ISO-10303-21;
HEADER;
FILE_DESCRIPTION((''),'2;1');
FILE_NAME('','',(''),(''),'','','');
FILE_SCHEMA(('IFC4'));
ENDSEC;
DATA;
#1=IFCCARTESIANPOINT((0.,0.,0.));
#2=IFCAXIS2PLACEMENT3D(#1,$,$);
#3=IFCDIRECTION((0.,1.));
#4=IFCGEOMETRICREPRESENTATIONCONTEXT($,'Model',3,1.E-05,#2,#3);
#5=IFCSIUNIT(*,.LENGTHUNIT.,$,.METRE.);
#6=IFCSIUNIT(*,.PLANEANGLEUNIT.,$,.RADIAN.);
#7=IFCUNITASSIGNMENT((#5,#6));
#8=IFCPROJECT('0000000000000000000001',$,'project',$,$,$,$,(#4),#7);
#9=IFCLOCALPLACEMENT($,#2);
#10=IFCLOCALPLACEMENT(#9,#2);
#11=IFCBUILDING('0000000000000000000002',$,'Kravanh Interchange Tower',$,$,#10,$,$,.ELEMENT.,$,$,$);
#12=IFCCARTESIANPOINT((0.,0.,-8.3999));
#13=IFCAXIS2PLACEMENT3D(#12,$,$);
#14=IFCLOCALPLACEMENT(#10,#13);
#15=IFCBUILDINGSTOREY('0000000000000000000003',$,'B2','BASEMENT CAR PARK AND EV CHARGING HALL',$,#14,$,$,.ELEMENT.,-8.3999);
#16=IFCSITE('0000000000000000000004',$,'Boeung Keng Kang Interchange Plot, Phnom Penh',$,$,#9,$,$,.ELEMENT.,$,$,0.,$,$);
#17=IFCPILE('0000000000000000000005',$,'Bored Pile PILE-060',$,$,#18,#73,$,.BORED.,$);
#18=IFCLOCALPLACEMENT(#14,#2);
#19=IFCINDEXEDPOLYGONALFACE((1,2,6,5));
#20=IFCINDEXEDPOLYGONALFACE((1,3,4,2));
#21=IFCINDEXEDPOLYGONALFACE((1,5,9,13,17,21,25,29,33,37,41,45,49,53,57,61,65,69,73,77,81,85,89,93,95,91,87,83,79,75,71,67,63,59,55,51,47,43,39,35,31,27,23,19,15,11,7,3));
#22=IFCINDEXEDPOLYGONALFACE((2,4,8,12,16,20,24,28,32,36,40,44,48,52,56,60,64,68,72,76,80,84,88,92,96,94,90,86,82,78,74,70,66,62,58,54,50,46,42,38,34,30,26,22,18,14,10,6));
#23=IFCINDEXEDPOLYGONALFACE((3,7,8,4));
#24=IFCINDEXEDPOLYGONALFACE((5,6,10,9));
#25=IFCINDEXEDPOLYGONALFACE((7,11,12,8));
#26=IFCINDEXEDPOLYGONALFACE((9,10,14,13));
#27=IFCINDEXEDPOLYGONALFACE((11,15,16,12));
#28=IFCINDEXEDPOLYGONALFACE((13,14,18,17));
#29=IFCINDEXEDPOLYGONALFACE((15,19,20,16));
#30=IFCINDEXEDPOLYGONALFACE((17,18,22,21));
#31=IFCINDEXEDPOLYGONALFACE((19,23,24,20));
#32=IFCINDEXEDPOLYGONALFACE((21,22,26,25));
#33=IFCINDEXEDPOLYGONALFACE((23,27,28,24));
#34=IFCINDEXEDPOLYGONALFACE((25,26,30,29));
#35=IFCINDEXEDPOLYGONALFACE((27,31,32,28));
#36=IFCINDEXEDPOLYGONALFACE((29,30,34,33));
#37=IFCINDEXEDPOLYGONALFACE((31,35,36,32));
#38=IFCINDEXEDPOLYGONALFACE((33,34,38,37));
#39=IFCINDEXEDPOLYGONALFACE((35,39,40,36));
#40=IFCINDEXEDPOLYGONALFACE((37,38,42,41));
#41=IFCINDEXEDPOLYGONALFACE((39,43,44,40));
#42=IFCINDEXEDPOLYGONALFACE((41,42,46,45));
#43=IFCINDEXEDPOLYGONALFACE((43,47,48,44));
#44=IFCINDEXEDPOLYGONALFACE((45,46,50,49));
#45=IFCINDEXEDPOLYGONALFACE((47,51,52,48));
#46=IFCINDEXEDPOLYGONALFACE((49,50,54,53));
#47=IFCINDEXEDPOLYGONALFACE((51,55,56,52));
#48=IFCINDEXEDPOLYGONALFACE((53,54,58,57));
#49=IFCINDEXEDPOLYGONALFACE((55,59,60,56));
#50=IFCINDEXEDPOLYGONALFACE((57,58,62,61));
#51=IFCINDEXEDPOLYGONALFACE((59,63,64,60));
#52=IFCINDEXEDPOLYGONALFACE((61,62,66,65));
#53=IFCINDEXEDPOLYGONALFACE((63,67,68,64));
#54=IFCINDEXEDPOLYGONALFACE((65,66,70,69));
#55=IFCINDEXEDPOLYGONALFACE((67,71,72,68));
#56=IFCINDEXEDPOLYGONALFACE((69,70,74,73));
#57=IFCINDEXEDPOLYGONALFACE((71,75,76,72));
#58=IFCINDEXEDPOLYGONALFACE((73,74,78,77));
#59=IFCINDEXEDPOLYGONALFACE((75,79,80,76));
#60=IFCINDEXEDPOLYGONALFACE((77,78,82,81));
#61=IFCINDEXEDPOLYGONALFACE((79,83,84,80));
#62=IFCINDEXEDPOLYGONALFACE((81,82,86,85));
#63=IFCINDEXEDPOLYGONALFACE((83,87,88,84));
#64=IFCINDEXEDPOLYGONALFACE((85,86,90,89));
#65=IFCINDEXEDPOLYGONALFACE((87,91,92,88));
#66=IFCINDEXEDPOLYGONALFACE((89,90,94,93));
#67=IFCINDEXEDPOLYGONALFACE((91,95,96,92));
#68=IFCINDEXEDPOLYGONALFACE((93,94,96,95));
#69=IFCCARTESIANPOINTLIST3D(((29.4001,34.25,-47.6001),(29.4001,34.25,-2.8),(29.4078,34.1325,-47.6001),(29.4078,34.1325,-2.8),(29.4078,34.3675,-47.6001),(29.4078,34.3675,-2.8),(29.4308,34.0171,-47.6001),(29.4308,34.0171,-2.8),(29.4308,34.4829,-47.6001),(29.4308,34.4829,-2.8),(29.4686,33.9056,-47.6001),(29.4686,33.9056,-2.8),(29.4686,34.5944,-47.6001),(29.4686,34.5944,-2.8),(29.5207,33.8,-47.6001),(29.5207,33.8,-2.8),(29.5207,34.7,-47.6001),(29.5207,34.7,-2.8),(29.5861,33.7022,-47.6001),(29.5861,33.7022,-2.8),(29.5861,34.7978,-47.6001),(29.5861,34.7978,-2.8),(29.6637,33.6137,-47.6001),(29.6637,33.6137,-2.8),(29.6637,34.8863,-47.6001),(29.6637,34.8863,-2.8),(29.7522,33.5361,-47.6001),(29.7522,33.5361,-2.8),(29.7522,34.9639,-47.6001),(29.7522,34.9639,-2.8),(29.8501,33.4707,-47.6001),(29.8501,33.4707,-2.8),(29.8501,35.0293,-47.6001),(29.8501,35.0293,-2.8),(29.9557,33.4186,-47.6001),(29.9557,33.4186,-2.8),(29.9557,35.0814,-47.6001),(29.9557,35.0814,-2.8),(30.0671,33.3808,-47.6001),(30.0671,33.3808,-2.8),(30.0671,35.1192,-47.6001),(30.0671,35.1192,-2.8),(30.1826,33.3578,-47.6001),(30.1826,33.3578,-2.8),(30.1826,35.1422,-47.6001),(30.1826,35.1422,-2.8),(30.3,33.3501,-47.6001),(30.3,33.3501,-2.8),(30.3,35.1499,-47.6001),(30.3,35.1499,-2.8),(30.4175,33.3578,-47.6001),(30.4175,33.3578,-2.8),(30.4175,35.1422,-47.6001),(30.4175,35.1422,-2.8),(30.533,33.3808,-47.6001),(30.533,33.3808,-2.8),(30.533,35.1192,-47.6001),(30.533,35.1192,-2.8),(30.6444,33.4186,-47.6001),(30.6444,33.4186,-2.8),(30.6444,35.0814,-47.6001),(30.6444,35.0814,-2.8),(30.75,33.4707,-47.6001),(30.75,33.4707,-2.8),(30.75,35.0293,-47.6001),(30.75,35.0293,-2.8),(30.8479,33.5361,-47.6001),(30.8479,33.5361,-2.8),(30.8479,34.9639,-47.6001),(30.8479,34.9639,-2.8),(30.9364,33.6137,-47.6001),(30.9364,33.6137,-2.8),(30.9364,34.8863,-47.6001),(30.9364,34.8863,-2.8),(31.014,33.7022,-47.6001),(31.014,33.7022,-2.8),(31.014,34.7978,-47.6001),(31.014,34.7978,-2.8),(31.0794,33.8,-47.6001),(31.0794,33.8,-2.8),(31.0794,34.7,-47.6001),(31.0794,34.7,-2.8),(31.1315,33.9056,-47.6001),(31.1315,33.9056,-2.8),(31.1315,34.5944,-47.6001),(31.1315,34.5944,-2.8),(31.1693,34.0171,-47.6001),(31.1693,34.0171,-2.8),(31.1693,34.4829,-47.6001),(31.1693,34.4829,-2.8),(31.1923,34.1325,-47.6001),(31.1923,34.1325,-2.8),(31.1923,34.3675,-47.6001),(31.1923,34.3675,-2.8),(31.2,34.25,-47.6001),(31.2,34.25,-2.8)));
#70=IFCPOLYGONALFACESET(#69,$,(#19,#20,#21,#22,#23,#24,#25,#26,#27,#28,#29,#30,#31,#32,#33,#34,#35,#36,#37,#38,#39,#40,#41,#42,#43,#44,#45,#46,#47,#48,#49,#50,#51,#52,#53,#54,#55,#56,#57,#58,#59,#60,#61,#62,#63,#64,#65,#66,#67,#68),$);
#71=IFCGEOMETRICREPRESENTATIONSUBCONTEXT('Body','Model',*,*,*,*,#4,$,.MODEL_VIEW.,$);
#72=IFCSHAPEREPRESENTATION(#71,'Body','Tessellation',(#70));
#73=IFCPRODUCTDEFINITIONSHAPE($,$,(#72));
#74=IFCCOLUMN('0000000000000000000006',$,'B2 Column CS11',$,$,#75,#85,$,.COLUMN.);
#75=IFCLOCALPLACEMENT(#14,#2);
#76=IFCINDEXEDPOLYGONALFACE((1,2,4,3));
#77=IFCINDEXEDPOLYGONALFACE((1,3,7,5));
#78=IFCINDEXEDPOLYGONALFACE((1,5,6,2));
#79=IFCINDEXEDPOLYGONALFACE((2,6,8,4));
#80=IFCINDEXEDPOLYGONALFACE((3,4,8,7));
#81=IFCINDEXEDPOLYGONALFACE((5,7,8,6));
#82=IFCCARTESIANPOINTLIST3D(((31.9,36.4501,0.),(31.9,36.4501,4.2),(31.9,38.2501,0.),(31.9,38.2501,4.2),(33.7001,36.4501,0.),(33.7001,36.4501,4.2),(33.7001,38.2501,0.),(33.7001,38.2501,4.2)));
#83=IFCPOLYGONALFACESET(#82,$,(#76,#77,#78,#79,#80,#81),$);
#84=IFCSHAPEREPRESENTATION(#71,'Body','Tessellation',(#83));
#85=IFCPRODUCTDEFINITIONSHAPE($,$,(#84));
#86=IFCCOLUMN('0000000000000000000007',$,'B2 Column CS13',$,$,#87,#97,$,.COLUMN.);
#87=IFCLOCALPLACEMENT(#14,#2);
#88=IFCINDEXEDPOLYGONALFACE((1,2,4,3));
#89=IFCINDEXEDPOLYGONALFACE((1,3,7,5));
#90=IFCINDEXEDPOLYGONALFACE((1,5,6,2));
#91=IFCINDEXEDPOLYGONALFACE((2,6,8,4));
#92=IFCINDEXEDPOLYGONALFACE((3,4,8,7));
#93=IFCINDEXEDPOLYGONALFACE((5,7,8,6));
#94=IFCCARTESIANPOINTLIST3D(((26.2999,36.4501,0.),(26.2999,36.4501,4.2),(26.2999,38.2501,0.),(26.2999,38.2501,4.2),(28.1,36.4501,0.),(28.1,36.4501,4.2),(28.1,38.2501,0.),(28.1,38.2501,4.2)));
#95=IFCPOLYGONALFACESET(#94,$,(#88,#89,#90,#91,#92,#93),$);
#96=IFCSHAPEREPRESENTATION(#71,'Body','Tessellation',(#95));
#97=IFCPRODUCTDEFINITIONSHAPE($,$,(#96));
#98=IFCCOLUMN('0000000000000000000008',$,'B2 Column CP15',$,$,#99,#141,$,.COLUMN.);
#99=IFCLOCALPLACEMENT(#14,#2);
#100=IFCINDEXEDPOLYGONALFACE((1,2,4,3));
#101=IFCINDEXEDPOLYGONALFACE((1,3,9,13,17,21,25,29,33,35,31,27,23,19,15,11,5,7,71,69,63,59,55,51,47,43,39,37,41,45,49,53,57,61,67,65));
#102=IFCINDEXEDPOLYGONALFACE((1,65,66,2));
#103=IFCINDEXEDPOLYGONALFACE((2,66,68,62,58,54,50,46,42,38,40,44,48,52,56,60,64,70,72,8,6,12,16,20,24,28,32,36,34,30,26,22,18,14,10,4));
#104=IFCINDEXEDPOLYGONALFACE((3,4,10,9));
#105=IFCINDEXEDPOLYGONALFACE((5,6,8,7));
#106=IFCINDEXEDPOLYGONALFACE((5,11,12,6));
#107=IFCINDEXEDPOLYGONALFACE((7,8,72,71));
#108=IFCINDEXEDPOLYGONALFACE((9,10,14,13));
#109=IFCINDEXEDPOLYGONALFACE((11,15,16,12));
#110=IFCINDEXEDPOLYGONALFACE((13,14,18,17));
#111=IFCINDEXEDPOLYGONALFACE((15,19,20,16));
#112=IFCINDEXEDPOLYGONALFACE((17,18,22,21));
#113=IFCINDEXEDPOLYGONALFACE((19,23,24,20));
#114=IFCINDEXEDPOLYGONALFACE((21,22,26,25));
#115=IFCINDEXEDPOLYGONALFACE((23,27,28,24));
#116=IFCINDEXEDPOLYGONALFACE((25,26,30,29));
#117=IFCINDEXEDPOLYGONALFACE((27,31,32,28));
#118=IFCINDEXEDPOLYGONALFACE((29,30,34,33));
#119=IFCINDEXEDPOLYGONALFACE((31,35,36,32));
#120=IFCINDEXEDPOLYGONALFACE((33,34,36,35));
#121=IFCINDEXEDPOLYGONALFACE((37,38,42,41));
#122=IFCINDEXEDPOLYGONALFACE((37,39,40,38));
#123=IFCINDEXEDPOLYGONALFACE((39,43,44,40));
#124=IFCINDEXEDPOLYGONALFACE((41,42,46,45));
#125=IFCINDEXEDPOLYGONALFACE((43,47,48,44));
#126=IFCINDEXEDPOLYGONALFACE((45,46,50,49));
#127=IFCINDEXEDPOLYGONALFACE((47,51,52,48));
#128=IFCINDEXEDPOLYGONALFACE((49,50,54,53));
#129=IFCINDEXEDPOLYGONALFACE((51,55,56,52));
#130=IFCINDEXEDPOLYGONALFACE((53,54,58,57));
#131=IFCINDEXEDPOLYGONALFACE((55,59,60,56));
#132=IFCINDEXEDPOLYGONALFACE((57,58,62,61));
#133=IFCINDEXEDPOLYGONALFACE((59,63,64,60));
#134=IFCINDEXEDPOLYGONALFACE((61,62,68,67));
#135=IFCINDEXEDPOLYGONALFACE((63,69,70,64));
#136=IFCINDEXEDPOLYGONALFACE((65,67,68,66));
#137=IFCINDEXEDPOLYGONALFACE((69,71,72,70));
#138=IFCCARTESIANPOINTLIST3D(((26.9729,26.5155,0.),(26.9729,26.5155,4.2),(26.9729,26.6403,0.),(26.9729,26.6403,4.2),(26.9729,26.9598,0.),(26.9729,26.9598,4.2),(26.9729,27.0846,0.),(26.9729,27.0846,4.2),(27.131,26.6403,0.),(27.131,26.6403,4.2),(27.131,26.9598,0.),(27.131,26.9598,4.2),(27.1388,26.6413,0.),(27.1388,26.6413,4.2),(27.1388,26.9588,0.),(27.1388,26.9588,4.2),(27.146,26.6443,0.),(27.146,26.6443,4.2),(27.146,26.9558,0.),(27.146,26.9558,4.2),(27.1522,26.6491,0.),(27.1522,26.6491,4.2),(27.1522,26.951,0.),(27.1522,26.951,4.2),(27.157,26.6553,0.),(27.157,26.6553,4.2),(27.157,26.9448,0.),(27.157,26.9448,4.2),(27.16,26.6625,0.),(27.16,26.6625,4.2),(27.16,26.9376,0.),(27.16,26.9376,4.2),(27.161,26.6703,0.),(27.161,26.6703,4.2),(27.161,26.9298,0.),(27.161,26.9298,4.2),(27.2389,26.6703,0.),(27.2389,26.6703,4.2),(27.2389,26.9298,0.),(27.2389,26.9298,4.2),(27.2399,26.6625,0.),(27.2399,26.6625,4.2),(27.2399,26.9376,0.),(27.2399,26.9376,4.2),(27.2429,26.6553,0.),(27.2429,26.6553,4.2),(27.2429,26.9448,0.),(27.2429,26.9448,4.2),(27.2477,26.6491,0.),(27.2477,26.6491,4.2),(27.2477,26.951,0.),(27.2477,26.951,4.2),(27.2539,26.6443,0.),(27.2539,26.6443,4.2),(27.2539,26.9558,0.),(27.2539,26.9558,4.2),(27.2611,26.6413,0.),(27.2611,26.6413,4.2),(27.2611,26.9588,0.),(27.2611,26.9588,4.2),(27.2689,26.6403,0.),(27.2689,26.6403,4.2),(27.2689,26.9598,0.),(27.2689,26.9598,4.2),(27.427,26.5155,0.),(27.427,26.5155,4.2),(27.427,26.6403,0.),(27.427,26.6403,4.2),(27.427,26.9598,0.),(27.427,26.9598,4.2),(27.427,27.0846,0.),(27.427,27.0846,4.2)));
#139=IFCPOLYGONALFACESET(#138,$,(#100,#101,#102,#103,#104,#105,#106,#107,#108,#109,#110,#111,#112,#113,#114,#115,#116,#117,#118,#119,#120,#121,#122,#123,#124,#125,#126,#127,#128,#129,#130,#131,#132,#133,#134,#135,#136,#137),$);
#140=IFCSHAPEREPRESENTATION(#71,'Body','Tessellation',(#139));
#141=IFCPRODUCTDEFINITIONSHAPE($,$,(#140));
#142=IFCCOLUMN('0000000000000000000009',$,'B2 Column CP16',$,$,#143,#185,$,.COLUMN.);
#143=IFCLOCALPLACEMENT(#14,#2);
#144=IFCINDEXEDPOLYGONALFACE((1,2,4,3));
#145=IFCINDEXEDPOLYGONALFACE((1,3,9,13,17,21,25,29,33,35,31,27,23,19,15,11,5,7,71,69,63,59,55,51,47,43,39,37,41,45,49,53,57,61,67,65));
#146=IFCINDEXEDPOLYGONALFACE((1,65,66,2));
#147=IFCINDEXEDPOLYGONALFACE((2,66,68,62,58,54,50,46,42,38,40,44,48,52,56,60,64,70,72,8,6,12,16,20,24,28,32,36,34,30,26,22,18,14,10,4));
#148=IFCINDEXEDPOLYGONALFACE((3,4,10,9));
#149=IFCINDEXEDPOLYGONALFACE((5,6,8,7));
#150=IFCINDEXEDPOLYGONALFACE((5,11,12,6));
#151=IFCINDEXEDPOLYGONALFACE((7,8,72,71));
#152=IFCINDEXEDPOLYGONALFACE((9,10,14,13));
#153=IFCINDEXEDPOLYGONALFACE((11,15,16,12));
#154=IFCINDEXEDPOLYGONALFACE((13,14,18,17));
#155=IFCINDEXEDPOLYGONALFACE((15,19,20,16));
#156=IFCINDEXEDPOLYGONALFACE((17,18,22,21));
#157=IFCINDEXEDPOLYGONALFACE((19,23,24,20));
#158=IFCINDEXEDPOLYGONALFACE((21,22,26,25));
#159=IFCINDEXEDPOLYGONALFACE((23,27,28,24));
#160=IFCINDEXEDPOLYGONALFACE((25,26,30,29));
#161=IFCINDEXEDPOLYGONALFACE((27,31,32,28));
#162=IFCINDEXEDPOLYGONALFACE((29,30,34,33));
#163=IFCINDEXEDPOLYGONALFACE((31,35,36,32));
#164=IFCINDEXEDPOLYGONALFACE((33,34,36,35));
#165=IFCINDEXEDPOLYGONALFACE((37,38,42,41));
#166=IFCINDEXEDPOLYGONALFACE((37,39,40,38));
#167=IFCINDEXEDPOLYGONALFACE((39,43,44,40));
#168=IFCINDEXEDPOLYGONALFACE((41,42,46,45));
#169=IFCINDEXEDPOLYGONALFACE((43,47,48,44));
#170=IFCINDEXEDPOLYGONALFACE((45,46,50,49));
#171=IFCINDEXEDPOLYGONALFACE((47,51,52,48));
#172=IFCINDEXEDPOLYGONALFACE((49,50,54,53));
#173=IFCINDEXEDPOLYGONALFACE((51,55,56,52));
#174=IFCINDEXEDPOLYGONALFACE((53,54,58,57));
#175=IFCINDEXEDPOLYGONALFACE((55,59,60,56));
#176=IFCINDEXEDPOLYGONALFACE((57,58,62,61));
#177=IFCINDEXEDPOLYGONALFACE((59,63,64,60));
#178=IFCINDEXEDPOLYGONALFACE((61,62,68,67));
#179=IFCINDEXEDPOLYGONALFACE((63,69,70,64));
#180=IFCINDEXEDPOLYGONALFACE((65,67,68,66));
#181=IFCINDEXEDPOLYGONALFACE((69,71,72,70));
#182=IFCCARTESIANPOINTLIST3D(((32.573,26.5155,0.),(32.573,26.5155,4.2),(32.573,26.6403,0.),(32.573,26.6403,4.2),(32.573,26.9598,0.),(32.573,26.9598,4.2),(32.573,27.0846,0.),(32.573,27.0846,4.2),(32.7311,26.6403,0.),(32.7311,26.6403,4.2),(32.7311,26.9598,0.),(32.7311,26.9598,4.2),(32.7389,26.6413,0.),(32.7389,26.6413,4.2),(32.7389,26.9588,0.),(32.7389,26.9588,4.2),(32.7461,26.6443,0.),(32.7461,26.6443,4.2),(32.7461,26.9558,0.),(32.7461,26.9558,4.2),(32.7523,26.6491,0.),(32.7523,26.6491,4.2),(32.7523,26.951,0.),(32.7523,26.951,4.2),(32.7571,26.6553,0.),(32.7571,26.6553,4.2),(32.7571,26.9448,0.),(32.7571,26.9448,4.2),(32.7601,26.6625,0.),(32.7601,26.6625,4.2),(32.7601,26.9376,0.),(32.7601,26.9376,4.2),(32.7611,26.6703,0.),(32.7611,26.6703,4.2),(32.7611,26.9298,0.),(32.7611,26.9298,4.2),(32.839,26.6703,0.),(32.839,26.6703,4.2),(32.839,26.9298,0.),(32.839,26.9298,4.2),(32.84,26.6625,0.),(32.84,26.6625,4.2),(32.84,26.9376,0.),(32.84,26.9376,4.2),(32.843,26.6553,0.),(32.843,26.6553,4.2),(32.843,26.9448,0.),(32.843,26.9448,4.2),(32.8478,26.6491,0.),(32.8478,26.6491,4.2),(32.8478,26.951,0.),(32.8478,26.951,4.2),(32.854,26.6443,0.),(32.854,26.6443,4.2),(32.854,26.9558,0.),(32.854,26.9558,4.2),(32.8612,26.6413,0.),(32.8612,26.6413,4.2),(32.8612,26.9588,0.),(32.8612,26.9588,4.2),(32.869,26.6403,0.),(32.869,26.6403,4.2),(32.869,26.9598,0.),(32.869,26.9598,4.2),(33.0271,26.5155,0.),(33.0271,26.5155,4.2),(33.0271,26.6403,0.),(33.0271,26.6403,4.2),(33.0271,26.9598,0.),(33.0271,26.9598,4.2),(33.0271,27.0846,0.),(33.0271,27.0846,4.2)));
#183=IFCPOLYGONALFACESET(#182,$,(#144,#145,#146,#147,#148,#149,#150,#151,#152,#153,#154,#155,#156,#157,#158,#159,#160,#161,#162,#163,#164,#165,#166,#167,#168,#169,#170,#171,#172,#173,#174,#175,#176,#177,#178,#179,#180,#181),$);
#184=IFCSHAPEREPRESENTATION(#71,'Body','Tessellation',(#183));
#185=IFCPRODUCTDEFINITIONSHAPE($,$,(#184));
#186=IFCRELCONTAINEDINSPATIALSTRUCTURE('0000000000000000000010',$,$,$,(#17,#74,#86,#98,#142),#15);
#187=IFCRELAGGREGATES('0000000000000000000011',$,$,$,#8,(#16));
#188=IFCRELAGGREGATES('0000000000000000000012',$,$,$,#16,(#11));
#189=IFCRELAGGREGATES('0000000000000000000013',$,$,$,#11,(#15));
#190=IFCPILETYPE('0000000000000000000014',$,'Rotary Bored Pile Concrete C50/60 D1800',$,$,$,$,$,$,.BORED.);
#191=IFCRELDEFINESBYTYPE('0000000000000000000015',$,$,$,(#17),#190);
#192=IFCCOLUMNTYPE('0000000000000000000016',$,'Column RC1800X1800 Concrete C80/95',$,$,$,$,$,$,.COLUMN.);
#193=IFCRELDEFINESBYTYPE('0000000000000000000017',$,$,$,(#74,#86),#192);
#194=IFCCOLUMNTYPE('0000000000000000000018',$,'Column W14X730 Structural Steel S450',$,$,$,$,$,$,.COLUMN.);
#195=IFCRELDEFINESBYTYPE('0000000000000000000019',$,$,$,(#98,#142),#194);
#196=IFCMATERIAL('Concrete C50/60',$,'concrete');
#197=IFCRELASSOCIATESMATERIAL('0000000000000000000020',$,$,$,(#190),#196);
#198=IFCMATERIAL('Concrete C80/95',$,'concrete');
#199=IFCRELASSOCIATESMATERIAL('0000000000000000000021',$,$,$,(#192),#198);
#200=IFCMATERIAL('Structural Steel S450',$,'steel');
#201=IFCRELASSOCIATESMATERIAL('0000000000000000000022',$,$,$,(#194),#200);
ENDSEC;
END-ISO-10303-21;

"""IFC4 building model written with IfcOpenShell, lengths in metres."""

from ifc_helpers import new_model, si_unit, direction, frame, origin, origin_2d, place, context, subcontext, project, spatial, rectangle, circle, i_section, extrude, material, material_profile, profile_set, type_object, element, save


model = new_model("IFC4")

# Units and contexts
model_context = context("Model", 3, precision=1e-05, world=origin(), true_north=direction((0.0, 1.0)))
body_context = subcontext(model_context, "Body", "Model", "MODEL_VIEW")
ifc_project = project(units=[si_unit("LENGTHUNIT", "METRE"), si_unit("PLANEANGLEUNIT", "RADIAN")], contexts=[model_context])

# Site, building, storey
site_placement = place(None, origin())
site = spatial("IfcSite", under=ifc_project, at=site_placement, Name="Boeung Keng Kang Interchange Plot, Phnom Penh", CompositionType="ELEMENT", RefElevation=0.0)
building_placement = place(site_placement, origin())
building = spatial("IfcBuilding", under=site, at=building_placement, Name="Kravanh Interchange Tower", CompositionType="ELEMENT")
storey_placement = place(building_placement, frame((0.0, 0.0, -8.3999)))
storey = spatial("IfcBuildingStorey", under=building, at=storey_placement, Name="B2", Description="BASEMENT CAR PARK AND EV CHARGING HALL", CompositionType="ELEMENT", Elevation=-8.3999)

# Pile
ifc_material_1 = material(Name="Concrete C50/60", Category="concrete")
ifc_material_profile_1 = material_profile(ifc_material_1, circle(Radius=0.8999, at=origin_2d()), Name="PILE-D1800")
ifc_profile_set_1 = profile_set([ifc_material_profile_1], Name="Concrete C50/60")
pile_type = type_object("IfcPileType", Name="Rotary Bored Pile Concrete C50/60 D1800", PredefinedType="BORED", material=ifc_profile_set_1)
for number, where, z_axis, x_axis, name in (
    (1, (30.3, 34.25, -2.8), (0.0, 0.0, -1.0), (1.0, 0.0, 0.0), "Bored Pile PILE-060"),
):
    element("IfcPile", number, at=place(storey_placement, frame(where, z_axis=z_axis, x_axis=x_axis)), inside=storey, type_object=pile_type, Name=name, PredefinedType="BORED", context=body_context, shape_type="SweptSolid", body=[
        extrude(circle(Radius=0.8999, at=origin_2d()), origin(), (0.0, 0.0, 1.0), 44.8),
    ])

# Columns
ifc_material_2 = material(Name="Concrete C80/95", Category="concrete")
ifc_material_profile_2 = material_profile(ifc_material_2, rectangle(XDim=1.8, YDim=1.8, at=origin_2d()), Name="RC1800X1800")
ifc_profile_set_2 = profile_set([ifc_material_profile_2], Name="Concrete C80/95")
column_type_1 = type_object("IfcColumnType", Name="Column RC1800X1800 Concrete C80/95", PredefinedType="COLUMN", material=ifc_profile_set_2)
for number, where, z_axis, x_axis, name in (
    (2, (32.8, 37.3501, 0.0), (0.0, 0.0, 1.0), (1.0, 0.0, 0.0), "B2 Column CS11"),
    (3, (27.2, 37.3501, 0.0), (0.0, 0.0, 1.0), (1.0, 0.0, 0.0), "B2 Column CS13"),
):
    element("IfcColumn", number, at=place(storey_placement, frame(where, z_axis=z_axis, x_axis=x_axis)), inside=storey, type_object=column_type_1, Name=name, PredefinedType="COLUMN", context=body_context, shape_type="SweptSolid", body=[
        extrude(rectangle(XDim=1.8, YDim=1.8, at=origin_2d()), origin(), (0.0, 0.0, 1.0), 4.2),
    ])
ifc_material_3 = material(Name="Structural Steel S450", Category="steel")
ifc_material_profile_3 = material_profile(ifc_material_3, i_section(OverallWidth=0.4541, OverallDepth=0.5691, WebThickness=0.0779, FlangeThickness=0.1248, FilletRadius=0.03, at=origin_2d()), Name="W14X730")
ifc_profile_set_3 = profile_set([ifc_material_profile_3], Name="Structural Steel S450")
column_type_2 = type_object("IfcColumnType", Name="Column W14X730 Structural Steel S450", PredefinedType="COLUMN", material=ifc_profile_set_3)
for number, where, z_axis, x_axis, name in (
    (4, (27.2, 26.8, 0.0), (0.0, 0.0, 1.0), (1.0, 0.0, 0.0), "B2 Column CP15"),
    (5, (32.8, 26.8, 0.0), (0.0, 0.0, 1.0), (1.0, 0.0, 0.0), "B2 Column CP16"),
):
    element("IfcColumn", number, at=place(storey_placement, frame(where, z_axis=z_axis, x_axis=x_axis)), inside=storey, type_object=column_type_2, Name=name, PredefinedType="COLUMN", context=body_context, shape_type="SweptSolid", body=[
        extrude(i_section(OverallWidth=0.4541, OverallDepth=0.5691, WebThickness=0.0779, FlangeThickness=0.1248, FilletRadius=0.03, at=origin_2d()), origin(), (0.0, 0.0, 1.0), 4.2),
    ])

save(model, "model.ifc")
